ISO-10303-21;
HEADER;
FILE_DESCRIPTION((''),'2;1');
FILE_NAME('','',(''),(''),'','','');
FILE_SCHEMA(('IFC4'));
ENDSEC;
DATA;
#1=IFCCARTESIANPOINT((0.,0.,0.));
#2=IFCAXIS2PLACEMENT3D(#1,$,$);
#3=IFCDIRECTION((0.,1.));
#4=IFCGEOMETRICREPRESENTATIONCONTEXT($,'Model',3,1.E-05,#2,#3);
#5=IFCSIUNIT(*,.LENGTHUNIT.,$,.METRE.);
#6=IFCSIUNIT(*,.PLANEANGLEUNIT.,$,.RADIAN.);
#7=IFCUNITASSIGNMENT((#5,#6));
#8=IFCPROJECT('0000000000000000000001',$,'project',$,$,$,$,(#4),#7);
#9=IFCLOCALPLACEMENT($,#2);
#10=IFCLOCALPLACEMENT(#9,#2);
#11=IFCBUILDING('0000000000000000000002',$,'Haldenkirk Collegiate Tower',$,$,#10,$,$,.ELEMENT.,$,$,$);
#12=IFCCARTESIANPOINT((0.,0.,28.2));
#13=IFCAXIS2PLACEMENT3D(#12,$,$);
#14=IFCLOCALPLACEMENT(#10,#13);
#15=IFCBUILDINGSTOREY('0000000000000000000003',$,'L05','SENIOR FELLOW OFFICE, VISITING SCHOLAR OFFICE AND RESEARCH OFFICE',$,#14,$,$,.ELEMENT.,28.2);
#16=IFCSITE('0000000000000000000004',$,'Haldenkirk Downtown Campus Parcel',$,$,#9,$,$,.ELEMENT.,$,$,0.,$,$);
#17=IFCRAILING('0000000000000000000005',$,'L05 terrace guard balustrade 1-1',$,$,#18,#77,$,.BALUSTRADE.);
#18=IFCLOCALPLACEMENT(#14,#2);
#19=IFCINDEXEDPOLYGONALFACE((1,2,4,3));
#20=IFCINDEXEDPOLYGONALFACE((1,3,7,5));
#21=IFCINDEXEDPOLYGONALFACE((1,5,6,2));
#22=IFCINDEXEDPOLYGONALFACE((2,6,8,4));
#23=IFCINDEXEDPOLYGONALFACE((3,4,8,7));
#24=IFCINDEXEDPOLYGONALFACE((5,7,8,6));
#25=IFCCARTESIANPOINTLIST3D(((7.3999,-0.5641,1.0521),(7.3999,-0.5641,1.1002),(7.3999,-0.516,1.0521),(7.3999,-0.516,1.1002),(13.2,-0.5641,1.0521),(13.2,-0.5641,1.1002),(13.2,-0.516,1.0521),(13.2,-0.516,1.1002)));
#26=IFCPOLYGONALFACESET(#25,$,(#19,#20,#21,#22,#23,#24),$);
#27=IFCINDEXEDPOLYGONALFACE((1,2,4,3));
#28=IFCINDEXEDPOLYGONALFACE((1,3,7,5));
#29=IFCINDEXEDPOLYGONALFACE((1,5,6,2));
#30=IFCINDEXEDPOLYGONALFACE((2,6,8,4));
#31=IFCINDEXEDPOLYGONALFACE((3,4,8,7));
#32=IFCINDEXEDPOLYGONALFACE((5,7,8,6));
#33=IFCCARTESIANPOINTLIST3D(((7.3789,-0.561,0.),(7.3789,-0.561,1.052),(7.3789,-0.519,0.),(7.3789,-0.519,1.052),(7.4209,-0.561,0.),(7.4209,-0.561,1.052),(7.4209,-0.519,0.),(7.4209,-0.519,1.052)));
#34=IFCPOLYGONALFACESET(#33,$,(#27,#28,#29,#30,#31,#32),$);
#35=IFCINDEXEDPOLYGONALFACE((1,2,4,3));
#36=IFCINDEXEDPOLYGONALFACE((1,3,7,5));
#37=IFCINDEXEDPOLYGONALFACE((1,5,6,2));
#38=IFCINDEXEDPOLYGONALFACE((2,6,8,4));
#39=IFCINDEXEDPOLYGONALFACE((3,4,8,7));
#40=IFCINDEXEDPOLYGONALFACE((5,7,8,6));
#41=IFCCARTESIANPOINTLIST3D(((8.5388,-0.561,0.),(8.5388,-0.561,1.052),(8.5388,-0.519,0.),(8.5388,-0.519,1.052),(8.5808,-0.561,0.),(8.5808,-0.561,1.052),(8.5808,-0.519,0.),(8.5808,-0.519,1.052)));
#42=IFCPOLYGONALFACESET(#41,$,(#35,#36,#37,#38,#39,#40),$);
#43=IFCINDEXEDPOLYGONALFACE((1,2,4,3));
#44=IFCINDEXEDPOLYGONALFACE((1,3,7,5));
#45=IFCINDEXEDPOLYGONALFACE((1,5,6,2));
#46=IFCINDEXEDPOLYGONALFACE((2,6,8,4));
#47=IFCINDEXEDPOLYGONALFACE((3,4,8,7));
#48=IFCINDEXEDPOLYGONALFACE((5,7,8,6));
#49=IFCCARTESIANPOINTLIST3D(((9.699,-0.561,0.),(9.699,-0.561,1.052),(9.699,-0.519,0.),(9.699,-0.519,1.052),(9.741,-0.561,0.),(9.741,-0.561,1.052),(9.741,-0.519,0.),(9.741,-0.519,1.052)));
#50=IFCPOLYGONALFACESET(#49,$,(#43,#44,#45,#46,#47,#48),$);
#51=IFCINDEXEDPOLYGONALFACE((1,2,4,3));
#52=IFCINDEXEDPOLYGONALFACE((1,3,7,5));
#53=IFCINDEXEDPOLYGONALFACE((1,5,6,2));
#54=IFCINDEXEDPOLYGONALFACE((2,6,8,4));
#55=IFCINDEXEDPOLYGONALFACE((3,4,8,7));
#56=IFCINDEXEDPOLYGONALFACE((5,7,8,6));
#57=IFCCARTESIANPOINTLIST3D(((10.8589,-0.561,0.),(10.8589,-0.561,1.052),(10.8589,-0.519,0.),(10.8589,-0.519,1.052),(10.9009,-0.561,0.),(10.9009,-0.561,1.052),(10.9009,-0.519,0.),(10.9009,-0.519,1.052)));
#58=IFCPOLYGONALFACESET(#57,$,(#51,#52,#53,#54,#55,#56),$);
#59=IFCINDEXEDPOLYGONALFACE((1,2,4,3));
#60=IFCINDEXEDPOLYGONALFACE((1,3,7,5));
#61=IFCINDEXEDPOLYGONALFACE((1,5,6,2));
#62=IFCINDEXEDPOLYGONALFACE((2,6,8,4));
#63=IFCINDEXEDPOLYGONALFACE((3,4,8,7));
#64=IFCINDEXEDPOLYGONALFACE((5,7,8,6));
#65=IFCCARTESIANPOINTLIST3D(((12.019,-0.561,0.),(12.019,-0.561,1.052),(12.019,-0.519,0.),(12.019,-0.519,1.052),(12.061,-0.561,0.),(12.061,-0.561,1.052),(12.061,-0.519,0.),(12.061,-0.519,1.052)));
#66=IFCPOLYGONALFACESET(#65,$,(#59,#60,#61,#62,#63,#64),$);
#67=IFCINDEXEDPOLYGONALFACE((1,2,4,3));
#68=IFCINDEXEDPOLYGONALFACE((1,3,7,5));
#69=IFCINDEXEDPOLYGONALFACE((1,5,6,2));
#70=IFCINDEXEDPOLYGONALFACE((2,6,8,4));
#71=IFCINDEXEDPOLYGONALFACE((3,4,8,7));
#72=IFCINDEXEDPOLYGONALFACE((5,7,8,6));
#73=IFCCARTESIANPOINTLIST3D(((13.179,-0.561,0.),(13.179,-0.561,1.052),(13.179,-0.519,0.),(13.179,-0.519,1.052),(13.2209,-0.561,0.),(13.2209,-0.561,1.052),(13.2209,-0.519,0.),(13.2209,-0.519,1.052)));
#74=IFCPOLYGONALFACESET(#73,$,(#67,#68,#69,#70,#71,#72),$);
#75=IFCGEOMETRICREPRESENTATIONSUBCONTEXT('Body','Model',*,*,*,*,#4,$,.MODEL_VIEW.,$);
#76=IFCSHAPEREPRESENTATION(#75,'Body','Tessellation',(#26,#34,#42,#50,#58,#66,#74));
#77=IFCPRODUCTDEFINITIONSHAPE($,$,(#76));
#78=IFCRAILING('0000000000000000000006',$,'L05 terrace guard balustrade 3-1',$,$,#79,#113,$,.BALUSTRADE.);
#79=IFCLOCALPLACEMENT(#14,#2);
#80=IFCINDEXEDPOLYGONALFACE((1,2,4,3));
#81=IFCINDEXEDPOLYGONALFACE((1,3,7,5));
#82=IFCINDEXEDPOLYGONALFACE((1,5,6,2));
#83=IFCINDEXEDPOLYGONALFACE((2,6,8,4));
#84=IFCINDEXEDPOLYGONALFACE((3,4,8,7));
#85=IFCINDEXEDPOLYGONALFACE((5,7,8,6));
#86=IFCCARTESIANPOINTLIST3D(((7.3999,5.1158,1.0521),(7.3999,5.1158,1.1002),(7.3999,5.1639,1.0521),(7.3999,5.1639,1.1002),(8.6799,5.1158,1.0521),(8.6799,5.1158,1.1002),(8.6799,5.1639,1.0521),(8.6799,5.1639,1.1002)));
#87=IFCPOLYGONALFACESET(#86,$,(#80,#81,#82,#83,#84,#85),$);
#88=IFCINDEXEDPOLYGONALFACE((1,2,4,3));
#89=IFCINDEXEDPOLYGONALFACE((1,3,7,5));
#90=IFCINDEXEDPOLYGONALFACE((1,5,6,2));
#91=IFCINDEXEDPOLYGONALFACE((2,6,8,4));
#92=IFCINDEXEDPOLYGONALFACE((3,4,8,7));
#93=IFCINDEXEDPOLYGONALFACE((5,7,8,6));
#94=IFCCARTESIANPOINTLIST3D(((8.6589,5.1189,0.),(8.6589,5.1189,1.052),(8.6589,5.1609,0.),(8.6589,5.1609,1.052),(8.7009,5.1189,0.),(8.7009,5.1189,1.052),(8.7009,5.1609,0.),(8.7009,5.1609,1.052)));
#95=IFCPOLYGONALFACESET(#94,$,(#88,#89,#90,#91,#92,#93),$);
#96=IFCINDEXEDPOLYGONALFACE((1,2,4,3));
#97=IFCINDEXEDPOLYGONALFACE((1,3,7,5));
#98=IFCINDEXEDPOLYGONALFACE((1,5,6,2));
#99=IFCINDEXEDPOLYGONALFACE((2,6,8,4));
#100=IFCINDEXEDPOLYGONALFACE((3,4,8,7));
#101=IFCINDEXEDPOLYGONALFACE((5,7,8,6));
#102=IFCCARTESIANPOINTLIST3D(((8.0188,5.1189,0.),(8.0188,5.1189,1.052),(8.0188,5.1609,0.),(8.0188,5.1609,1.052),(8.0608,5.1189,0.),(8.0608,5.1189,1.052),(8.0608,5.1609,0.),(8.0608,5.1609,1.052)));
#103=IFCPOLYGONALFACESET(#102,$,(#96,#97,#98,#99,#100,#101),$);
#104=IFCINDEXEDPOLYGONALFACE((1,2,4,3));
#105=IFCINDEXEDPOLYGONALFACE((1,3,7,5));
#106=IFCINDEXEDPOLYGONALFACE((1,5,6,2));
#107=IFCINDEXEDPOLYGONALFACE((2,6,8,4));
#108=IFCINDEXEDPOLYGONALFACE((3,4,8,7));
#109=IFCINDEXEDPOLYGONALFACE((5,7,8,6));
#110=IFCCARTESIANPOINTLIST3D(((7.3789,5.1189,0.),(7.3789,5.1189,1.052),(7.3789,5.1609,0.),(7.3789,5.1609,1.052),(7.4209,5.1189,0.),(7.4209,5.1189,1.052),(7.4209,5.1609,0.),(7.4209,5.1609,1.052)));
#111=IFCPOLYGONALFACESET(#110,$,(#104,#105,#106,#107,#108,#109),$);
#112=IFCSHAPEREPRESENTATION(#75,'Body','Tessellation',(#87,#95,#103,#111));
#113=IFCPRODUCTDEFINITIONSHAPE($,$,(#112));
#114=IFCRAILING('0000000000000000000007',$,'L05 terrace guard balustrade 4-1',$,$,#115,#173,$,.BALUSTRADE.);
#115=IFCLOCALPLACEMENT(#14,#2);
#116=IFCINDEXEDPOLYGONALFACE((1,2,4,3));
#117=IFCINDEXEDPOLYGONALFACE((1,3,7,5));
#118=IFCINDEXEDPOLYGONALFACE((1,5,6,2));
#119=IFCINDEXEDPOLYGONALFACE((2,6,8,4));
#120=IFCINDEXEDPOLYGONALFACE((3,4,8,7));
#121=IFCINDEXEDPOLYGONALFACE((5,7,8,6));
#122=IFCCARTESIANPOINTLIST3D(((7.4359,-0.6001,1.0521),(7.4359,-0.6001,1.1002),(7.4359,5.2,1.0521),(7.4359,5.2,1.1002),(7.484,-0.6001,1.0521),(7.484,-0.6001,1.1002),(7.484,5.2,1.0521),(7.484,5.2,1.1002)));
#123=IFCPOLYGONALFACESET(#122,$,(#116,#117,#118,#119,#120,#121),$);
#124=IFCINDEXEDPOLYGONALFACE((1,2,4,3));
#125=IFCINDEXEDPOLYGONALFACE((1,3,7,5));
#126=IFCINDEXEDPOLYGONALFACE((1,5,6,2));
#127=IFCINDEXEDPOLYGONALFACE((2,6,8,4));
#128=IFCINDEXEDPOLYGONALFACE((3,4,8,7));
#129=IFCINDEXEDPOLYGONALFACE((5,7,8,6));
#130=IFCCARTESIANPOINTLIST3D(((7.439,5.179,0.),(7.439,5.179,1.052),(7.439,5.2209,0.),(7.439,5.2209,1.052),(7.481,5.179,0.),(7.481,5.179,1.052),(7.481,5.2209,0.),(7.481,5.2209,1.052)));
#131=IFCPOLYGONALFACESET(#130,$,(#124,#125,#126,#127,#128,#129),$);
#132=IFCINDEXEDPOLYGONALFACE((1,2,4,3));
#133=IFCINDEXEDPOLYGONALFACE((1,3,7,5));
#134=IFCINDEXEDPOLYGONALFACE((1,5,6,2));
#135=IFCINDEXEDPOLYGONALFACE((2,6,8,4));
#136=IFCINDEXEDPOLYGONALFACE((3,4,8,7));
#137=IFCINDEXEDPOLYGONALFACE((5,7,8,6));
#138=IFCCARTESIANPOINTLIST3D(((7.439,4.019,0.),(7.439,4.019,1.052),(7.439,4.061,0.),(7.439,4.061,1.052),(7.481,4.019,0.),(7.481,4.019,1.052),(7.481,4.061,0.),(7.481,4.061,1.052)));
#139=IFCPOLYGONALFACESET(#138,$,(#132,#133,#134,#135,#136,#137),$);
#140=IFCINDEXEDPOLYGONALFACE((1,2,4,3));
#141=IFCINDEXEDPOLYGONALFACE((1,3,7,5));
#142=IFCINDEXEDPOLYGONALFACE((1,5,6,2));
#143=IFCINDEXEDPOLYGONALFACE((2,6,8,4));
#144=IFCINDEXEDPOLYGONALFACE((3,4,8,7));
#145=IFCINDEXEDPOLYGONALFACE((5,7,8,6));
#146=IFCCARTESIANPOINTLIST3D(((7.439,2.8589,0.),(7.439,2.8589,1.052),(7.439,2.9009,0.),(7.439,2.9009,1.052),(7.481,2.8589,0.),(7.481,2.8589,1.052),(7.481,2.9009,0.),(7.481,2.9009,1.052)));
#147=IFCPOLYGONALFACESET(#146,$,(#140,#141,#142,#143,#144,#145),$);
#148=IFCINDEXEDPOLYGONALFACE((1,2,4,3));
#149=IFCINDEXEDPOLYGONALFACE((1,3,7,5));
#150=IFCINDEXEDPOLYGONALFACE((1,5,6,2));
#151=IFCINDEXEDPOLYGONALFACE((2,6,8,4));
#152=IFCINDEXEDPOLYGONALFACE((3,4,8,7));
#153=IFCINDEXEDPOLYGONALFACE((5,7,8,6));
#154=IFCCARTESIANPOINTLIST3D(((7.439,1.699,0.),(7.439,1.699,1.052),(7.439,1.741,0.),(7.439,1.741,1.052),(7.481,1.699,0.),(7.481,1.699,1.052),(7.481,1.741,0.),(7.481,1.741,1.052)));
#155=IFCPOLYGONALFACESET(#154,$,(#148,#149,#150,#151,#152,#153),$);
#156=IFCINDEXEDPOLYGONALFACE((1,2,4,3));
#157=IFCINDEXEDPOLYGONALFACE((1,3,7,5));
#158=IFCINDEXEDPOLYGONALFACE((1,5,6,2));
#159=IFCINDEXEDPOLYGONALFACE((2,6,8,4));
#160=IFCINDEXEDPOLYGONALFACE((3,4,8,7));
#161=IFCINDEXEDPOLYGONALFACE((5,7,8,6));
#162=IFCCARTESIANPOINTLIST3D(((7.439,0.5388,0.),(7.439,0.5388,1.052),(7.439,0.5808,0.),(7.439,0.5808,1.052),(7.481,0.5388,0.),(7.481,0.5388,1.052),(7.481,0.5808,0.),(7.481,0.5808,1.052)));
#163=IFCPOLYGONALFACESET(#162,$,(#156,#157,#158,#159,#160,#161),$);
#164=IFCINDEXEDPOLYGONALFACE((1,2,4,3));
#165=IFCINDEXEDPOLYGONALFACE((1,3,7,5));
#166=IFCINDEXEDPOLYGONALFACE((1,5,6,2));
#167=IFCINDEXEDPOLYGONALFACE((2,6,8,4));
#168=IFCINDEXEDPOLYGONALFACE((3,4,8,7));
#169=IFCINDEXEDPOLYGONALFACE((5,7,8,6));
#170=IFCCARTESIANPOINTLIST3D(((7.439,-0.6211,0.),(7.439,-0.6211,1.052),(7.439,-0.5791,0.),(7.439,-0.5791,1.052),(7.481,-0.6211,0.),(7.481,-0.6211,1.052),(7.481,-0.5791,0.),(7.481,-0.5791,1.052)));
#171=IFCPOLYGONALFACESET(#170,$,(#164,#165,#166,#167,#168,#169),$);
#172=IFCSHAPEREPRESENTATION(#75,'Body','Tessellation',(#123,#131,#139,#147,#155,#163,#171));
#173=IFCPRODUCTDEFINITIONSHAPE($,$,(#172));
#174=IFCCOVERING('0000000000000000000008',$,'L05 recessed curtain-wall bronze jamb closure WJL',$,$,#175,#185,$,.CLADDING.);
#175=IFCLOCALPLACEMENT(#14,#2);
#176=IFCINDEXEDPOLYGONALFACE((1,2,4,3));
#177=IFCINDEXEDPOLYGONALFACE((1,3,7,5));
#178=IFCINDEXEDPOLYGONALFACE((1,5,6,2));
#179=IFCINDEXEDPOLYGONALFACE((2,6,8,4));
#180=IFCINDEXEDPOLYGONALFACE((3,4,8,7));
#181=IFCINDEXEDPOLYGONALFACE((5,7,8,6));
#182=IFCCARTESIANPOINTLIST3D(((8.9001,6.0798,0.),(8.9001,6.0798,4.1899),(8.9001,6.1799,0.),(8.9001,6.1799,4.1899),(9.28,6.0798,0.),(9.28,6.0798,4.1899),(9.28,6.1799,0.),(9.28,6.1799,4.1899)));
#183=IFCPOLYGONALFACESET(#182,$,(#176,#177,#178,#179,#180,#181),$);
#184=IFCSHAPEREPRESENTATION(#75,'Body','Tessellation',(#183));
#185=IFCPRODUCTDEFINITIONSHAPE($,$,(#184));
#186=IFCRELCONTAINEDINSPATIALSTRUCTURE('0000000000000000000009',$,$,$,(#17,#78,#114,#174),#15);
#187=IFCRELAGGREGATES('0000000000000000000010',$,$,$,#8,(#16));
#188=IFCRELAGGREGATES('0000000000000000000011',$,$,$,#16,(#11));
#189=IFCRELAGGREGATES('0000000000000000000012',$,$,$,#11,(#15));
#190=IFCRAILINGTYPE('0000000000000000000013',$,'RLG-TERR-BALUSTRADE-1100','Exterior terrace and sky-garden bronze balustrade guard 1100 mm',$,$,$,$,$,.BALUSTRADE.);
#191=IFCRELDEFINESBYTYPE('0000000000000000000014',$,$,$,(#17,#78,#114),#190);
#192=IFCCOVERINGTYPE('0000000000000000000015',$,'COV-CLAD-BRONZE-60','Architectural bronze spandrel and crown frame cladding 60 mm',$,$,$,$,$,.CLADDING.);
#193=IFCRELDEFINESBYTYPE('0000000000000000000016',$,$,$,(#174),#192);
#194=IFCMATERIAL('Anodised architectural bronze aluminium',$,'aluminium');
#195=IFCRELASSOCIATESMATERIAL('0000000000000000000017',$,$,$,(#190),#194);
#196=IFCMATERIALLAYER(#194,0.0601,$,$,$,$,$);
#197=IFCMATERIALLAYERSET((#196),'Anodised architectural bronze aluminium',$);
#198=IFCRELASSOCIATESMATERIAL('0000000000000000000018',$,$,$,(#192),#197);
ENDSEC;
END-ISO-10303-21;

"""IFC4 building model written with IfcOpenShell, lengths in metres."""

from ifc_helpers import new_model, si_unit, direction, frame, origin, origin_2d, place, context, subcontext, project, spatial, rectangle, extrude, source, transform, mapped, material, layer, layer_set, type_object, element, save


model = new_model("IFC4")

# Units and contexts
model_context = context("Model", 3, precision=1e-05, world=origin(), true_north=direction((0.0, 1.0)))
body_context = subcontext(model_context, "Body", "Model", "MODEL_VIEW")
ifc_project = project(units=[si_unit("LENGTHUNIT", "METRE"), si_unit("PLANEANGLEUNIT", "RADIAN")], contexts=[model_context])

# Site, building, storey
site_placement = place(None, origin())
site = spatial("IfcSite", under=ifc_project, at=site_placement, Name="Haldenkirk Downtown Campus Parcel", CompositionType="ELEMENT", RefElevation=0.0)
building_placement = place(site_placement, origin())
building = spatial("IfcBuilding", under=site, at=building_placement, Name="Haldenkirk Collegiate Tower", CompositionType="ELEMENT")
storey_placement = place(building_placement, frame((0.0, 0.0, 28.2)))
storey = spatial("IfcBuildingStorey", under=building, at=storey_placement, Name="L05", Description="SENIOR FELLOW OFFICE, VISITING SCHOLAR OFFICE AND RESEARCH OFFICE", CompositionType="ELEMENT", Elevation=28.2)

# Shared definitions
ifc_material_1 = material(Name="Anodised architectural bronze aluminium", Category="aluminium")

# Railings
railing_type = type_object("IfcRailingType", Name="RLG-TERR-BALUSTRADE-1100", Description="Exterior terrace and sky-garden bronze balustrade guard 1100 mm", PredefinedType="BALUSTRADE", material=ifc_material_1)
railing_1_placement = place(storey_placement, frame((7.3999, -0.54, 0.0)))
element("IfcRailing", 1, at=railing_1_placement, inside=storey, type_object=railing_type, Name="L05 terrace guard balustrade 1-1", PredefinedType="BALUSTRADE", context=body_context, shape_type="SweptSolid", body=[
    extrude(rectangle(XDim=0.0481, YDim=0.0481, at=origin_2d()), frame((0.0, 0.0, 1.0762), z_axis=(1.0, 0.0, 0.0), x_axis=(0.0, 1.0, 0.0)), (0.0, 0.0, 1.0), 5.8),
    extrude(rectangle(XDim=0.042, YDim=0.042, at=origin_2d()), origin(), (0.0, 0.0, 1.0), 1.052),
    extrude(rectangle(XDim=0.042, YDim=0.042, at=origin_2d()), frame((1.1599, 0.0, 0.0)), (0.0, 0.0, 1.0), 1.052),
    extrude(rectangle(XDim=0.042, YDim=0.042, at=origin_2d()), frame((2.3201, 0.0, 0.0)), (0.0, 0.0, 1.0), 1.052),
    extrude(rectangle(XDim=0.042, YDim=0.042, at=origin_2d()), frame((3.48, 0.0, 0.0)), (0.0, 0.0, 1.0), 1.052),
    extrude(rectangle(XDim=0.042, YDim=0.042, at=origin_2d()), frame((4.6401, 0.0, 0.0)), (0.0, 0.0, 1.0), 1.052),
    extrude(rectangle(XDim=0.042, YDim=0.042, at=origin_2d()), frame((5.8, 0.0, 0.0)), (0.0, 0.0, 1.0), 1.052),
])
railing_2_placement = place(storey_placement, frame((8.6799, 5.1399, 0.0)))
element("IfcRailing", 2, at=railing_2_placement, inside=storey, type_object=railing_type, Name="L05 terrace guard balustrade 3-1", PredefinedType="BALUSTRADE", context=body_context, shape_type="SweptSolid", body=[
    extrude(rectangle(XDim=0.0481, YDim=0.0481, at=origin_2d()), frame((0.0, 0.0, 1.0762), z_axis=(-1.0, 0.0, 0.0), x_axis=(0.0, -1.0, 0.0)), (0.0, 0.0, 1.0), 1.28),
    extrude(rectangle(XDim=0.042, YDim=0.042, at=origin_2d()), origin(), (0.0, 0.0, 1.0), 1.052),
    extrude(rectangle(XDim=0.042, YDim=0.042, at=origin_2d()), frame((-0.6401, 0.0, 0.0)), (0.0, 0.0, 1.0), 1.052),
    extrude(rectangle(XDim=0.042, YDim=0.042, at=origin_2d()), frame((-1.28, 0.0, 0.0)), (0.0, 0.0, 1.0), 1.052),
])
railing_3_placement = place(storey_placement, frame((7.46, 5.2, 0.0)))
element("IfcRailing", 3, at=railing_3_placement, inside=storey, type_object=railing_type, Name="L05 terrace guard balustrade 4-1", PredefinedType="BALUSTRADE", context=body_context, shape_type="SweptSolid", body=[
    extrude(rectangle(XDim=0.0481, YDim=0.0481, at=origin_2d()), frame((0.0, 0.0, 1.0762), z_axis=(0.0, -1.0, 0.0), x_axis=(1.0, 0.0, 0.0)), (0.0, 0.0, 1.0), 5.8),
    extrude(rectangle(XDim=0.042, YDim=0.042, at=origin_2d()), origin(), (0.0, 0.0, 1.0), 1.052),
    extrude(rectangle(XDim=0.042, YDim=0.042, at=origin_2d()), frame((0.0, -1.1599, 0.0)), (0.0, 0.0, 1.0), 1.052),
    extrude(rectangle(XDim=0.042, YDim=0.042, at=origin_2d()), frame((0.0, -2.3201, 0.0)), (0.0, 0.0, 1.0), 1.052),
    extrude(rectangle(XDim=0.042, YDim=0.042, at=origin_2d()), frame((0.0, -3.48, 0.0)), (0.0, 0.0, 1.0), 1.052),
    extrude(rectangle(XDim=0.042, YDim=0.042, at=origin_2d()), frame((0.0, -4.6401, 0.0)), (0.0, 0.0, 1.0), 1.052),
    extrude(rectangle(XDim=0.042, YDim=0.042, at=origin_2d()), frame((0.0, -5.8, 0.0)), (0.0, 0.0, 1.0), 1.052),
])

# Covering
ifc_layer_1 = layer(ifc_material_1, 0.0601)
ifc_layer_set_1 = layer_set([ifc_layer_1], Name="Anodised architectural bronze aluminium")
covering_type_1 = type_object("IfcCoveringType", Name="COV-CLAD-BRONZE-60", Description="Architectural bronze spandrel and crown frame cladding 60 mm", PredefinedType="CLADDING", material=ifc_layer_set_1)
shared_shape_1 = source(origin(), body_context, "Body", "SweptSolid", [
    extrude(rectangle(XDim=0.1001, YDim=0.3799, at=origin_2d()), origin(), (0.0, 0.0, 1.0), 4.1899),
])
covering_1_placement = place(storey_placement, frame((9.0901, 6.1299, 0.0), z_axis=(0.0, 0.0, 1.0), x_axis=(0.0, 1.0, 0.0)))
element("IfcCovering", 4, at=covering_1_placement, inside=storey, type_object=covering_type_1, Name="L05 recessed curtain-wall bronze jamb closure WJL", PredefinedType="CLADDING", context=body_context, shape_type="MappedRepresentation", body=[
    mapped(shared_shape_1, transform((0.0, 0.0, 0.0), x_axis=(1.0, 0.0, 0.0), y_axis=(0.0, 1.0, 0.0), z_axis=(0.0, 0.0, 1.0), scale=1.0)),
])

save(model, "model.ifc")
